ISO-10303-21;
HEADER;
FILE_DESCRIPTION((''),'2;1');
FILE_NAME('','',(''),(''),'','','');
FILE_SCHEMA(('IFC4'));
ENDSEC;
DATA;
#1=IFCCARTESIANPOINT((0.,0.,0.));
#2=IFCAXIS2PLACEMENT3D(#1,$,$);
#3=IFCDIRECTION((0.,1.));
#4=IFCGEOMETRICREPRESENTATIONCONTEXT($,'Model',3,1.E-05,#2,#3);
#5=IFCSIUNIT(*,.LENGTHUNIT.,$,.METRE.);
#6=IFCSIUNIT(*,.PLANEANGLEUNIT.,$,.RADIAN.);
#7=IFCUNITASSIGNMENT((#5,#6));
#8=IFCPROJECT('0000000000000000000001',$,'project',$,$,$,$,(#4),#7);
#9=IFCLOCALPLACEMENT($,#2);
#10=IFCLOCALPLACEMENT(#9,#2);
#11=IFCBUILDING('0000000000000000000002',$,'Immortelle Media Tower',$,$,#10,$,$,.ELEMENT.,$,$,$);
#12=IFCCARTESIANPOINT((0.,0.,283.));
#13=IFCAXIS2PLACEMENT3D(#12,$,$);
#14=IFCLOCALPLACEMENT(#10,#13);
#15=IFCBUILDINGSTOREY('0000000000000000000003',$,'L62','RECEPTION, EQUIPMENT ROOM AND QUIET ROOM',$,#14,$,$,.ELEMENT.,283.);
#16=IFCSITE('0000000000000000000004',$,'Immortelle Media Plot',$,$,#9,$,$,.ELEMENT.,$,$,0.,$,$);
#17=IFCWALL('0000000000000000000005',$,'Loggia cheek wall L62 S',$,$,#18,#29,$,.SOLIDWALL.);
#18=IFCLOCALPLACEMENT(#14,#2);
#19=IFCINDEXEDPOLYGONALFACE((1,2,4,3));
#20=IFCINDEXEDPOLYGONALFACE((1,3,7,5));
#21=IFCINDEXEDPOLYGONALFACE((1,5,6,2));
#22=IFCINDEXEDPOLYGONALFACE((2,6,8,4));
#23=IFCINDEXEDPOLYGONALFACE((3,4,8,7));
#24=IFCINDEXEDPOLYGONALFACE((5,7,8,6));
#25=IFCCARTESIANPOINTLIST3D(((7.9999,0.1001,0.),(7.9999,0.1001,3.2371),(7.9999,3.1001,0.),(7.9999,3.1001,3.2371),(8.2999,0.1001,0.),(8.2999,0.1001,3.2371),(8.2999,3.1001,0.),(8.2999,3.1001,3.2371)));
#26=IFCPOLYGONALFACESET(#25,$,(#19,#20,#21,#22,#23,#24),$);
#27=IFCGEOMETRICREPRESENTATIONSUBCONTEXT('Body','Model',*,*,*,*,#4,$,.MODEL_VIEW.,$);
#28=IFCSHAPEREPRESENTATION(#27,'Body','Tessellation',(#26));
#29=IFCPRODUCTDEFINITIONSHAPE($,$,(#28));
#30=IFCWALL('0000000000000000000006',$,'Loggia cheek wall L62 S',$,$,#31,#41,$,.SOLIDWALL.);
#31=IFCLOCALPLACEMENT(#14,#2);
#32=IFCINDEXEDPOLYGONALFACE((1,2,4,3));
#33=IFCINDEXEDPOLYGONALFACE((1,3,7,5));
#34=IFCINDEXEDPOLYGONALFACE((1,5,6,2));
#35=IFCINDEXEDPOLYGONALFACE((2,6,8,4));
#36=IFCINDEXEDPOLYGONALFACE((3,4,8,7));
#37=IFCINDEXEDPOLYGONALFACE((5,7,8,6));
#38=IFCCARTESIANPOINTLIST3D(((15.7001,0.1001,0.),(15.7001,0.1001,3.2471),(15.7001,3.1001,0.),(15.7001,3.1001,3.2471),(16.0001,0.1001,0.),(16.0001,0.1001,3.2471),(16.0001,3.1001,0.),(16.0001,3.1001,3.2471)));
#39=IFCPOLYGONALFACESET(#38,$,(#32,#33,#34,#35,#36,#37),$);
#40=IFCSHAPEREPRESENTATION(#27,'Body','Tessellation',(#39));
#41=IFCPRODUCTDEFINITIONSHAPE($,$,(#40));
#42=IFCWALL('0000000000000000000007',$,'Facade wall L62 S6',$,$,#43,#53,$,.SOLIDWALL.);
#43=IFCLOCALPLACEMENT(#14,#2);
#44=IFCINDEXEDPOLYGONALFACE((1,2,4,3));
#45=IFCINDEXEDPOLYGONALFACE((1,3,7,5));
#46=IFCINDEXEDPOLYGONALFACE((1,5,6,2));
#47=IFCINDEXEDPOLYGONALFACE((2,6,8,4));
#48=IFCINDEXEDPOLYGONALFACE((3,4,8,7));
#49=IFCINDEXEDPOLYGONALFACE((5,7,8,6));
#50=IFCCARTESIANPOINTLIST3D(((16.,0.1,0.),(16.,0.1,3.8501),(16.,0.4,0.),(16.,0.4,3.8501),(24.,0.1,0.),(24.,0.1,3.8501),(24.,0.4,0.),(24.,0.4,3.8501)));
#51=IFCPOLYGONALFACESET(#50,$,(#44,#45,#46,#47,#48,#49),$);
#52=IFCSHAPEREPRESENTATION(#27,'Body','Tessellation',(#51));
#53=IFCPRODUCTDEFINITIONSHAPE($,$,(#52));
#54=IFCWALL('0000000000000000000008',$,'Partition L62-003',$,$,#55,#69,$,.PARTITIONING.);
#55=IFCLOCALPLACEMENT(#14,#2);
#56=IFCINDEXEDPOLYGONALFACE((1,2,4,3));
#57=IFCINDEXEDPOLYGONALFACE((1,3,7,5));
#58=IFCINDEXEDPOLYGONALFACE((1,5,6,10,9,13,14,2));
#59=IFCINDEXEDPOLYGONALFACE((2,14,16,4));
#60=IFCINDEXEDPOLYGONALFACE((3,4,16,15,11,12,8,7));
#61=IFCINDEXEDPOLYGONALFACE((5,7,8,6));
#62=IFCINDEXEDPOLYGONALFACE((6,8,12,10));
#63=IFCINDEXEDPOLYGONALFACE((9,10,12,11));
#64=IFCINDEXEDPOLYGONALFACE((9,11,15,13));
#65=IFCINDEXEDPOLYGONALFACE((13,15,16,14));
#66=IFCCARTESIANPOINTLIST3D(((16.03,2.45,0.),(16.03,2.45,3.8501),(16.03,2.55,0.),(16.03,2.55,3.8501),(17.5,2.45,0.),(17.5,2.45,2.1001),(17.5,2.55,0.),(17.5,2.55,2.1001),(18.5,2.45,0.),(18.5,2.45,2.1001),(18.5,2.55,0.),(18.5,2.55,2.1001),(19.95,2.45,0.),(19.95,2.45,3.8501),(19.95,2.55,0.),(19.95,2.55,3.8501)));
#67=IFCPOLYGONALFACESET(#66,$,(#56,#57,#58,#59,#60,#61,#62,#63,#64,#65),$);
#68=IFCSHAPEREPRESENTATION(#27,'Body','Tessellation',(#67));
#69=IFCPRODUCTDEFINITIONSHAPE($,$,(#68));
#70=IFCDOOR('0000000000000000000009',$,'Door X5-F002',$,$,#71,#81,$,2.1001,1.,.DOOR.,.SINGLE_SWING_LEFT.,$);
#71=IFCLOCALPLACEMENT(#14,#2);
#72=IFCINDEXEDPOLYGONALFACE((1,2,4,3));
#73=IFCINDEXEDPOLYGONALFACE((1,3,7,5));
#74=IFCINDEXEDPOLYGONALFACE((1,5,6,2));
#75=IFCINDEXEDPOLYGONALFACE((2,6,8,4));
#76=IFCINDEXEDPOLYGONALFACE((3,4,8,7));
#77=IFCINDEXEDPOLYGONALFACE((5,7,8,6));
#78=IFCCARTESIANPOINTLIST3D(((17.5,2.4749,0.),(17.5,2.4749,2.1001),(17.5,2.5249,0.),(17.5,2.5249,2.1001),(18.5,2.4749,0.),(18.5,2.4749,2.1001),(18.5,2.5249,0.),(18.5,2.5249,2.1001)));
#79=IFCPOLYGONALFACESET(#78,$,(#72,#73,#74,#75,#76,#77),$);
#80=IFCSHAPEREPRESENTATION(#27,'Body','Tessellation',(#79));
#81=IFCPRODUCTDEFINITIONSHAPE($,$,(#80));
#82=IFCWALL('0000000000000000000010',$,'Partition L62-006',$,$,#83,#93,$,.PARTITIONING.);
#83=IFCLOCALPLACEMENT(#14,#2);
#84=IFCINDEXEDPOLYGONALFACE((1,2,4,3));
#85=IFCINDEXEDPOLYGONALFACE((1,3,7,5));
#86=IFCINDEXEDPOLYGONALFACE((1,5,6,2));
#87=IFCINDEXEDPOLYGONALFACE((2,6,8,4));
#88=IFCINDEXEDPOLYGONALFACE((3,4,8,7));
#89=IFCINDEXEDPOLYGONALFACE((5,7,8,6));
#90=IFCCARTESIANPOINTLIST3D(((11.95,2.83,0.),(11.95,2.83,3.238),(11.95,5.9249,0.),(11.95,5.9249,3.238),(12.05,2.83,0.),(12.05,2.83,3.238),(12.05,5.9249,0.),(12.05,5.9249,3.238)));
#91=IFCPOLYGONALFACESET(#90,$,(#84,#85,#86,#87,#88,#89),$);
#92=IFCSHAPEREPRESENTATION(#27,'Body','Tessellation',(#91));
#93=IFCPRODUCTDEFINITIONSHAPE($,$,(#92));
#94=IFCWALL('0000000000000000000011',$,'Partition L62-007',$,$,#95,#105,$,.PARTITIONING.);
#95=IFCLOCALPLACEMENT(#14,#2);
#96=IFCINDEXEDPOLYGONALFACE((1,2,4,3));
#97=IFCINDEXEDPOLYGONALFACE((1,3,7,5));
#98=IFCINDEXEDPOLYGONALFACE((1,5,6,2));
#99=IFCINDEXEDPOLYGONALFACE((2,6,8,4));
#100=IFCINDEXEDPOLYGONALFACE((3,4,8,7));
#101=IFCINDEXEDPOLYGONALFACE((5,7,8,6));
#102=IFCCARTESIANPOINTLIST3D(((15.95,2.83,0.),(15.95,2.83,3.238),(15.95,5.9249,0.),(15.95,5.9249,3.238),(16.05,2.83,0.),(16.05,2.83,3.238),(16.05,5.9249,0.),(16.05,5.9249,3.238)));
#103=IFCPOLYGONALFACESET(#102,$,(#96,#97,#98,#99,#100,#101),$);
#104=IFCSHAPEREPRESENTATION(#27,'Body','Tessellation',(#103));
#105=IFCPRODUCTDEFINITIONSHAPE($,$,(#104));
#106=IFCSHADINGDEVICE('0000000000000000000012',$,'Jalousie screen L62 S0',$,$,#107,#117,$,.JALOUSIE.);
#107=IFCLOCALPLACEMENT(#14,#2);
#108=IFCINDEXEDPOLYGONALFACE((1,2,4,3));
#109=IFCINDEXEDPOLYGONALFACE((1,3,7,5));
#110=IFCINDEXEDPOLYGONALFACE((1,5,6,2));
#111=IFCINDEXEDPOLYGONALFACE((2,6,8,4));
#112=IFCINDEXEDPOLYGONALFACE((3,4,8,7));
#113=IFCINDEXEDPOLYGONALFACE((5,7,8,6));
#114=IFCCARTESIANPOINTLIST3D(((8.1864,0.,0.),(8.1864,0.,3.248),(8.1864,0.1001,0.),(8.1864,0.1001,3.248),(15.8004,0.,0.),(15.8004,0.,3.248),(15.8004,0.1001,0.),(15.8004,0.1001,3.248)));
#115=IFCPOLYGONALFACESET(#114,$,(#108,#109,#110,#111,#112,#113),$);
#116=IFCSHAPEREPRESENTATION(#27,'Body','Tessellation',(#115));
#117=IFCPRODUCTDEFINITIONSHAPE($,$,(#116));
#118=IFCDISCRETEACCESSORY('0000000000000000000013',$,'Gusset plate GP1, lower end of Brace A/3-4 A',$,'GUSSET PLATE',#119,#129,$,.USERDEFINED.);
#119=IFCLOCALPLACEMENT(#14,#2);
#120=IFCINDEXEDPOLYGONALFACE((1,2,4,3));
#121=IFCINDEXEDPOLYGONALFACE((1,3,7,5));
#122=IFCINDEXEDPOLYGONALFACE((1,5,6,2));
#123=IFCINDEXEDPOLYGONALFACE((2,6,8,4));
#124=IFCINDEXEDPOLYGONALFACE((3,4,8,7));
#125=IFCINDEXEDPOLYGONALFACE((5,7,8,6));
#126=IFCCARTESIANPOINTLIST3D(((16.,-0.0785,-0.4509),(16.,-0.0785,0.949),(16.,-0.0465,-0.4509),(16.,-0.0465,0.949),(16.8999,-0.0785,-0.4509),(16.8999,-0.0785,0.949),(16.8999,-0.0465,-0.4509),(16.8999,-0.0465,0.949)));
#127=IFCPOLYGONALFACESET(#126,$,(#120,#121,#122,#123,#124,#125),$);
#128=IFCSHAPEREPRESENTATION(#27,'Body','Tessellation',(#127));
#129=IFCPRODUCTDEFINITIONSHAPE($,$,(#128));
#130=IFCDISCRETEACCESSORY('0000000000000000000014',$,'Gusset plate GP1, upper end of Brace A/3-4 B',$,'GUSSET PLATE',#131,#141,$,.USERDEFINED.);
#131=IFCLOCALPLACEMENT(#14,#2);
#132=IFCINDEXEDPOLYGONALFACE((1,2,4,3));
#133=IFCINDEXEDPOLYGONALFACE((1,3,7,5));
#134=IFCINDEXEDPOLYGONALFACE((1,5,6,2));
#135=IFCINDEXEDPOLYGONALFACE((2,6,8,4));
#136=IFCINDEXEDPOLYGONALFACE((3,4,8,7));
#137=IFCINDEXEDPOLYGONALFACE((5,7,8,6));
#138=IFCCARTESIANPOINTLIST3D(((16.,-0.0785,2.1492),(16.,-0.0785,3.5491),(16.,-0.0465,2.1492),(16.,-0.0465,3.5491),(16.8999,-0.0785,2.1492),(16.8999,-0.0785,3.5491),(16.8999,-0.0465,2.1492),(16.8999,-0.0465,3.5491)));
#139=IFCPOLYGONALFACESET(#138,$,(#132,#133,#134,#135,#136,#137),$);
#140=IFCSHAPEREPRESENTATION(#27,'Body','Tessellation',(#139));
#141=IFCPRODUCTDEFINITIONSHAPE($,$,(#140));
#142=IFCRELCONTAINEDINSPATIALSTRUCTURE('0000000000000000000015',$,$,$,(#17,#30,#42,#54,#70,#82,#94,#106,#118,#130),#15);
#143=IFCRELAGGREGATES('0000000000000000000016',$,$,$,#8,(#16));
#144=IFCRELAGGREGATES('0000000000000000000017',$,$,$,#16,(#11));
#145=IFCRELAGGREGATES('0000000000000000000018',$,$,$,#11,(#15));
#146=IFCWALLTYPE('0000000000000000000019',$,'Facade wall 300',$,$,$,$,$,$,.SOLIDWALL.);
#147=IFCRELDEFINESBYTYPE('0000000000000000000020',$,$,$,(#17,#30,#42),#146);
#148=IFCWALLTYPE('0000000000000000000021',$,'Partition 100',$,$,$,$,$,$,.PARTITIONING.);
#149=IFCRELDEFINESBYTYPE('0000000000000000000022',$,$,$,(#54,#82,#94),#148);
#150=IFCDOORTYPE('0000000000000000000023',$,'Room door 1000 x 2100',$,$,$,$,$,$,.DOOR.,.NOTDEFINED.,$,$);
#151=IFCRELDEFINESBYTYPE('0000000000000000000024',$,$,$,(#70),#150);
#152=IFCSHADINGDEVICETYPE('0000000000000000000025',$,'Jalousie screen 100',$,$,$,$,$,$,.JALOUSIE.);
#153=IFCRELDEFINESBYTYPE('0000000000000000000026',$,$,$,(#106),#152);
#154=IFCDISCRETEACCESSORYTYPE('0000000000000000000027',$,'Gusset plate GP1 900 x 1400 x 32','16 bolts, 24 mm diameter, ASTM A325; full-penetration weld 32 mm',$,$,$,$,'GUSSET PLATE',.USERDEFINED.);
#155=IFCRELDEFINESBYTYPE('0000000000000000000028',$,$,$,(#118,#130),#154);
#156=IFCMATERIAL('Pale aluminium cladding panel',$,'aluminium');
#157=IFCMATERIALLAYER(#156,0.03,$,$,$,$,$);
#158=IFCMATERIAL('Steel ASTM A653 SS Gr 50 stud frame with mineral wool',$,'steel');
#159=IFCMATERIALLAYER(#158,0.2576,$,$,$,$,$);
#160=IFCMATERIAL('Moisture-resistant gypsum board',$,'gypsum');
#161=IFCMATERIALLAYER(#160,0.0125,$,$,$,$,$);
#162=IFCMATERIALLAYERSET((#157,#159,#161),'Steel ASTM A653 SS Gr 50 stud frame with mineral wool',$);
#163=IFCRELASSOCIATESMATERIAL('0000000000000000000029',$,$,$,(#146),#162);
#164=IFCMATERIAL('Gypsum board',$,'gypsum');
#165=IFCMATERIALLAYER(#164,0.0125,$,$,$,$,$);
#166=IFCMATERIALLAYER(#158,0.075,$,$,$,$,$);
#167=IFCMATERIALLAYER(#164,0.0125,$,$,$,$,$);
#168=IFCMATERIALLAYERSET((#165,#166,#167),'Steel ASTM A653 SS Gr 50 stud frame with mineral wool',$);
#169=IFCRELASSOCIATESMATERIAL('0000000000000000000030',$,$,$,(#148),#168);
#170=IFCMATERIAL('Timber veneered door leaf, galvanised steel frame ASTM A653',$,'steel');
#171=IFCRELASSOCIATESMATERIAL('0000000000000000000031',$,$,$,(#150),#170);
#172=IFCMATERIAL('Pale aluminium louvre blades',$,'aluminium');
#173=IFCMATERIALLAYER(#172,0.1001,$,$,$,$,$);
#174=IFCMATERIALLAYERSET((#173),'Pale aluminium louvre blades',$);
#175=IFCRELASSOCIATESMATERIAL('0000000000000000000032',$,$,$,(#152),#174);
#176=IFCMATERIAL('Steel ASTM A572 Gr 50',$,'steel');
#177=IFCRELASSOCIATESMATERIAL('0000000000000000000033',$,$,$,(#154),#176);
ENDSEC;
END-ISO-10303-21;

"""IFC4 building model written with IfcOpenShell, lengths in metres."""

from ifc_helpers import new_model, si_unit, direction, frame, frame_2d, origin, origin_2d, place, context, subcontext, project, spatial, rectangle, extrude, material, layer, layer_set, material_profile, profile_set, type_object, element, fill, save


model = new_model("IFC4")

# Units and contexts
model_context = context("Model", 3, precision=1e-05, world=origin(), true_north=direction((0.0, 1.0)))
body_context = subcontext(model_context, "Body", "Model", "MODEL_VIEW")
ifc_project = project(units=[si_unit("LENGTHUNIT", "METRE"), si_unit("PLANEANGLEUNIT", "RADIAN")], contexts=[model_context])

# Site, building, storey
site_placement = place(None, origin())
site = spatial("IfcSite", under=ifc_project, at=site_placement, Name="Immortelle Media Plot", CompositionType="ELEMENT", RefElevation=0.0)
building_placement = place(site_placement, origin())
building = spatial("IfcBuilding", under=site, at=building_placement, Name="Immortelle Media Tower", CompositionType="ELEMENT")
storey_placement = place(building_placement, frame((0.0, 0.0, 283.0)))
storey = spatial("IfcBuildingStorey", under=building, at=storey_placement, Name="L62", Description="RECEPTION, EQUIPMENT ROOM AND QUIET ROOM", CompositionType="ELEMENT", Elevation=283.0)

# Shared definitions
ifc_material_1 = material(Name="Pale aluminium cladding panel", Category="aluminium")
ifc_layer_1 = layer(ifc_material_1, 0.03)
ifc_material_2 = material(Name="Steel ASTM A653 SS Gr 50 stud frame with mineral wool", Category="steel")
ifc_layer_2 = layer(ifc_material_2, 0.2576)
ifc_material_3 = material(Name="Moisture-resistant gypsum board", Category="gypsum")
ifc_layer_3 = layer(ifc_material_3, 0.0125)
ifc_layer_set_1 = layer_set([ifc_layer_1, ifc_layer_2, ifc_layer_3], Name="Steel ASTM A653 SS Gr 50 stud frame with mineral wool")
wall_type_1 = type_object("IfcWallType", Name="Facade wall 300", PredefinedType="SOLIDWALL", material=ifc_layer_set_1)

# Walls
wall_1_placement = place(storey_placement, frame((8.1499, 0.1001, 0.0), z_axis=(0.0, 0.0, 1.0), x_axis=(0.0, 1.0, 0.0)))
element("IfcWall", 1, at=wall_1_placement, inside=storey, type_object=wall_type_1, Name="Loggia cheek wall L62 S", PredefinedType="SOLIDWALL", context=body_context, shape_type="SweptSolid", body=[
    extrude(rectangle(XDim=3.0, YDim=0.3, at=frame_2d((1.5, 0.0))), origin(), (0.0, 0.0, 1.0), 3.2371),
])
wall_2_placement = place(storey_placement, frame((15.8501, 0.1001, 0.0), z_axis=(0.0, 0.0, 1.0), x_axis=(0.0, 1.0, 0.0)))
element("IfcWall", 2, at=wall_2_placement, inside=storey, type_object=wall_type_1, Name="Loggia cheek wall L62 S", PredefinedType="SOLIDWALL", context=body_context, shape_type="SweptSolid", body=[
    extrude(rectangle(XDim=3.0, YDim=0.3, at=frame_2d((1.5, 0.0))), origin(), (0.0, 0.0, 1.0), 3.2471),
])
wall_3_placement = place(storey_placement, frame((16.0, 0.25, 0.0), z_axis=(0.0, 0.0, 1.0), x_axis=(1.0, 0.0, 0.0)))
element("IfcWall", 3, at=wall_3_placement, inside=storey, type_object=wall_type_1, Name="Facade wall L62 S6", PredefinedType="SOLIDWALL", context=body_context, shape_type="SweptSolid", body=[
    extrude(rectangle(XDim=8.0, YDim=0.3, at=frame_2d((4.0, 0.0))), origin(), (0.0, 0.0, 1.0), 3.8501),
])

# Wall, opening, door
ifc_material_4 = material(Name="Gypsum board", Category="gypsum")
ifc_layer_4 = layer(ifc_material_4, 0.0125)
ifc_layer_5 = layer(ifc_material_2, 0.075)
ifc_layer_6 = layer(ifc_material_4, 0.0125)
ifc_layer_set_2 = layer_set([ifc_layer_4, ifc_layer_5, ifc_layer_6], Name="Steel ASTM A653 SS Gr 50 stud frame with mineral wool")
wall_type_2 = type_object("IfcWallType", Name="Partition 100", PredefinedType="PARTITIONING", material=ifc_layer_set_2)
wall_4_placement = place(storey_placement, frame((16.03, 2.5, 0.0), z_axis=(0.0, 0.0, 1.0), x_axis=(1.0, 0.0, 0.0)))
wall_4 = element("IfcWall", 4, at=wall_4_placement, inside=storey, type_object=wall_type_2, Name="Partition L62-003", PredefinedType="PARTITIONING", context=body_context, shape_type="SweptSolid", body=[
    extrude(rectangle(XDim=3.9199, YDim=0.1001, at=frame_2d((1.96, 0.0))), origin(), (0.0, 0.0, 1.0), 3.8501),
])
opening_1_placement = place(wall_4_placement, frame((1.47, 0.0, 0.0)))
opening_1 = element("IfcOpeningElement", 5, at=opening_1_placement, cuts=wall_4, PredefinedType="OPENING", context=body_context, shape_type="SweptSolid", body=[
    extrude(rectangle(XDim=1.0, YDim=2.1001, at=frame_2d((0.5, 1.05))), frame((0.0, 0.0601, 0.0), z_axis=(0.0, -1.0, 0.0), x_axis=(1.0, 0.0, 0.0)), (0.0, 0.0, 1.0), 0.1201),
])
ifc_material_5 = material(Name="Timber veneered door leaf, galvanised steel frame ASTM A653", Category="steel")
door_type_1 = type_object("IfcDoorType", Name="Room door 1000 x 2100", OperationType="NOTDEFINED", PredefinedType="DOOR", material=ifc_material_5)
door_1_placement = place(opening_1_placement, origin())
door_1 = element("IfcDoor", 6, at=door_1_placement, inside=storey, type_object=door_type_1, Name="Door X5-F002", OperationType="SINGLE_SWING_LEFT", OverallHeight=2.1001, OverallWidth=1.0, PredefinedType="DOOR", context=body_context, shape_type="SweptSolid", body=[
    extrude(rectangle(XDim=1.0, YDim=2.1001, at=frame_2d((0.5, 1.05))), frame((0.0, 0.0249, 0.0), z_axis=(0.0, -1.0, 0.0), x_axis=(1.0, 0.0, 0.0)), (0.0, 0.0, 1.0), 0.05),
])
fill(opening_1, door_1)

# Walls
for number, where, z_axis, x_axis, name in (
    (7, (12.0, 2.8301, 0.0), (0.0, 0.0, 1.0), (0.0, 1.0, 0.0), "Partition L62-006"),
    (8, (16.0, 2.8301, 0.0), (0.0, 0.0, 1.0), (0.0, 1.0, 0.0), "Partition L62-007"),
):
    element("IfcWall", number, at=place(storey_placement, frame(where, z_axis=z_axis, x_axis=x_axis)), inside=storey, type_object=wall_type_2, Name=name, PredefinedType="PARTITIONING", context=body_context, shape_type="SweptSolid", body=[
        extrude(rectangle(XDim=3.095, YDim=0.1001, at=frame_2d((1.5474, 0.0))), origin(), (0.0, 0.0, 1.0), 3.238),
    ])

# Shading device
ifc_material_6 = material(Name="Pale aluminium louvre blades", Category="aluminium")
ifc_layer_7 = layer(ifc_material_6, 0.1001)
ifc_layer_set_3 = layer_set([ifc_layer_7], Name="Pale aluminium louvre blades")
shading_device_type = type_object("IfcShadingDeviceType", Name="Jalousie screen 100", PredefinedType="JALOUSIE", material=ifc_layer_set_3)
shading_device_placement = place(storey_placement, frame((11.9934, 0.05, 0.0), z_axis=(0.0, 0.0, 1.0), x_axis=(1.0, 0.0, 0.0)))
element("IfcShadingDevice", 9, at=shading_device_placement, inside=storey, type_object=shading_device_type, Name="Jalousie screen L62 S0", PredefinedType="JALOUSIE", context=body_context, shape_type="SweptSolid", body=[
    extrude(rectangle(XDim=7.614, YDim=0.1001, at=origin_2d()), origin(), (0.0, 0.0, 1.0), 3.248),
])

# Discrete accessories
ifc_material_7 = material(Name="Steel ASTM A572 Gr 50", Category="steel")
ifc_material_profile_1 = material_profile(ifc_material_7, rectangle(XDim=0.032, YDim=1.3999, at=origin_2d()), Name="PL 32 x 1400")
ifc_profile_set_1 = profile_set([ifc_material_profile_1], Name="Steel ASTM A572 Gr 50")
discrete_accessory_type = type_object("IfcDiscreteAccessoryType", Name="Gusset plate GP1 900 x 1400 x 32", Description="16 bolts, 24 mm diameter, ASTM A325; full-penetration weld 32 mm", ElementType="GUSSET PLATE", PredefinedType="USERDEFINED", material=ifc_profile_set_1)
for number, where, z_axis, x_axis, name in (
    (10, (16.0, -0.0625, 0.249), (1.0, 0.0, 0.0), (0.0, 1.0, 0.0), "Gusset plate GP1, lower end of Brace A/3-4 A"),
    (11, (16.0, -0.0625, 2.8491), (1.0, 0.0, 0.0), (0.0, 1.0, 0.0), "Gusset plate GP1, upper end of Brace A/3-4 B"),
):
    element("IfcDiscreteAccessory", number, at=place(storey_placement, frame(where, z_axis=z_axis, x_axis=x_axis)), inside=storey, type_object=discrete_accessory_type, Name=name, ObjectType="GUSSET PLATE", PredefinedType="USERDEFINED", context=body_context, shape_type="SweptSolid", body=[
        extrude(rectangle(XDim=0.032, YDim=1.3999, at=origin_2d()), origin(), (0.0, 0.0, 1.0), 0.8999),
    ])

save(model, "model.ifc")
